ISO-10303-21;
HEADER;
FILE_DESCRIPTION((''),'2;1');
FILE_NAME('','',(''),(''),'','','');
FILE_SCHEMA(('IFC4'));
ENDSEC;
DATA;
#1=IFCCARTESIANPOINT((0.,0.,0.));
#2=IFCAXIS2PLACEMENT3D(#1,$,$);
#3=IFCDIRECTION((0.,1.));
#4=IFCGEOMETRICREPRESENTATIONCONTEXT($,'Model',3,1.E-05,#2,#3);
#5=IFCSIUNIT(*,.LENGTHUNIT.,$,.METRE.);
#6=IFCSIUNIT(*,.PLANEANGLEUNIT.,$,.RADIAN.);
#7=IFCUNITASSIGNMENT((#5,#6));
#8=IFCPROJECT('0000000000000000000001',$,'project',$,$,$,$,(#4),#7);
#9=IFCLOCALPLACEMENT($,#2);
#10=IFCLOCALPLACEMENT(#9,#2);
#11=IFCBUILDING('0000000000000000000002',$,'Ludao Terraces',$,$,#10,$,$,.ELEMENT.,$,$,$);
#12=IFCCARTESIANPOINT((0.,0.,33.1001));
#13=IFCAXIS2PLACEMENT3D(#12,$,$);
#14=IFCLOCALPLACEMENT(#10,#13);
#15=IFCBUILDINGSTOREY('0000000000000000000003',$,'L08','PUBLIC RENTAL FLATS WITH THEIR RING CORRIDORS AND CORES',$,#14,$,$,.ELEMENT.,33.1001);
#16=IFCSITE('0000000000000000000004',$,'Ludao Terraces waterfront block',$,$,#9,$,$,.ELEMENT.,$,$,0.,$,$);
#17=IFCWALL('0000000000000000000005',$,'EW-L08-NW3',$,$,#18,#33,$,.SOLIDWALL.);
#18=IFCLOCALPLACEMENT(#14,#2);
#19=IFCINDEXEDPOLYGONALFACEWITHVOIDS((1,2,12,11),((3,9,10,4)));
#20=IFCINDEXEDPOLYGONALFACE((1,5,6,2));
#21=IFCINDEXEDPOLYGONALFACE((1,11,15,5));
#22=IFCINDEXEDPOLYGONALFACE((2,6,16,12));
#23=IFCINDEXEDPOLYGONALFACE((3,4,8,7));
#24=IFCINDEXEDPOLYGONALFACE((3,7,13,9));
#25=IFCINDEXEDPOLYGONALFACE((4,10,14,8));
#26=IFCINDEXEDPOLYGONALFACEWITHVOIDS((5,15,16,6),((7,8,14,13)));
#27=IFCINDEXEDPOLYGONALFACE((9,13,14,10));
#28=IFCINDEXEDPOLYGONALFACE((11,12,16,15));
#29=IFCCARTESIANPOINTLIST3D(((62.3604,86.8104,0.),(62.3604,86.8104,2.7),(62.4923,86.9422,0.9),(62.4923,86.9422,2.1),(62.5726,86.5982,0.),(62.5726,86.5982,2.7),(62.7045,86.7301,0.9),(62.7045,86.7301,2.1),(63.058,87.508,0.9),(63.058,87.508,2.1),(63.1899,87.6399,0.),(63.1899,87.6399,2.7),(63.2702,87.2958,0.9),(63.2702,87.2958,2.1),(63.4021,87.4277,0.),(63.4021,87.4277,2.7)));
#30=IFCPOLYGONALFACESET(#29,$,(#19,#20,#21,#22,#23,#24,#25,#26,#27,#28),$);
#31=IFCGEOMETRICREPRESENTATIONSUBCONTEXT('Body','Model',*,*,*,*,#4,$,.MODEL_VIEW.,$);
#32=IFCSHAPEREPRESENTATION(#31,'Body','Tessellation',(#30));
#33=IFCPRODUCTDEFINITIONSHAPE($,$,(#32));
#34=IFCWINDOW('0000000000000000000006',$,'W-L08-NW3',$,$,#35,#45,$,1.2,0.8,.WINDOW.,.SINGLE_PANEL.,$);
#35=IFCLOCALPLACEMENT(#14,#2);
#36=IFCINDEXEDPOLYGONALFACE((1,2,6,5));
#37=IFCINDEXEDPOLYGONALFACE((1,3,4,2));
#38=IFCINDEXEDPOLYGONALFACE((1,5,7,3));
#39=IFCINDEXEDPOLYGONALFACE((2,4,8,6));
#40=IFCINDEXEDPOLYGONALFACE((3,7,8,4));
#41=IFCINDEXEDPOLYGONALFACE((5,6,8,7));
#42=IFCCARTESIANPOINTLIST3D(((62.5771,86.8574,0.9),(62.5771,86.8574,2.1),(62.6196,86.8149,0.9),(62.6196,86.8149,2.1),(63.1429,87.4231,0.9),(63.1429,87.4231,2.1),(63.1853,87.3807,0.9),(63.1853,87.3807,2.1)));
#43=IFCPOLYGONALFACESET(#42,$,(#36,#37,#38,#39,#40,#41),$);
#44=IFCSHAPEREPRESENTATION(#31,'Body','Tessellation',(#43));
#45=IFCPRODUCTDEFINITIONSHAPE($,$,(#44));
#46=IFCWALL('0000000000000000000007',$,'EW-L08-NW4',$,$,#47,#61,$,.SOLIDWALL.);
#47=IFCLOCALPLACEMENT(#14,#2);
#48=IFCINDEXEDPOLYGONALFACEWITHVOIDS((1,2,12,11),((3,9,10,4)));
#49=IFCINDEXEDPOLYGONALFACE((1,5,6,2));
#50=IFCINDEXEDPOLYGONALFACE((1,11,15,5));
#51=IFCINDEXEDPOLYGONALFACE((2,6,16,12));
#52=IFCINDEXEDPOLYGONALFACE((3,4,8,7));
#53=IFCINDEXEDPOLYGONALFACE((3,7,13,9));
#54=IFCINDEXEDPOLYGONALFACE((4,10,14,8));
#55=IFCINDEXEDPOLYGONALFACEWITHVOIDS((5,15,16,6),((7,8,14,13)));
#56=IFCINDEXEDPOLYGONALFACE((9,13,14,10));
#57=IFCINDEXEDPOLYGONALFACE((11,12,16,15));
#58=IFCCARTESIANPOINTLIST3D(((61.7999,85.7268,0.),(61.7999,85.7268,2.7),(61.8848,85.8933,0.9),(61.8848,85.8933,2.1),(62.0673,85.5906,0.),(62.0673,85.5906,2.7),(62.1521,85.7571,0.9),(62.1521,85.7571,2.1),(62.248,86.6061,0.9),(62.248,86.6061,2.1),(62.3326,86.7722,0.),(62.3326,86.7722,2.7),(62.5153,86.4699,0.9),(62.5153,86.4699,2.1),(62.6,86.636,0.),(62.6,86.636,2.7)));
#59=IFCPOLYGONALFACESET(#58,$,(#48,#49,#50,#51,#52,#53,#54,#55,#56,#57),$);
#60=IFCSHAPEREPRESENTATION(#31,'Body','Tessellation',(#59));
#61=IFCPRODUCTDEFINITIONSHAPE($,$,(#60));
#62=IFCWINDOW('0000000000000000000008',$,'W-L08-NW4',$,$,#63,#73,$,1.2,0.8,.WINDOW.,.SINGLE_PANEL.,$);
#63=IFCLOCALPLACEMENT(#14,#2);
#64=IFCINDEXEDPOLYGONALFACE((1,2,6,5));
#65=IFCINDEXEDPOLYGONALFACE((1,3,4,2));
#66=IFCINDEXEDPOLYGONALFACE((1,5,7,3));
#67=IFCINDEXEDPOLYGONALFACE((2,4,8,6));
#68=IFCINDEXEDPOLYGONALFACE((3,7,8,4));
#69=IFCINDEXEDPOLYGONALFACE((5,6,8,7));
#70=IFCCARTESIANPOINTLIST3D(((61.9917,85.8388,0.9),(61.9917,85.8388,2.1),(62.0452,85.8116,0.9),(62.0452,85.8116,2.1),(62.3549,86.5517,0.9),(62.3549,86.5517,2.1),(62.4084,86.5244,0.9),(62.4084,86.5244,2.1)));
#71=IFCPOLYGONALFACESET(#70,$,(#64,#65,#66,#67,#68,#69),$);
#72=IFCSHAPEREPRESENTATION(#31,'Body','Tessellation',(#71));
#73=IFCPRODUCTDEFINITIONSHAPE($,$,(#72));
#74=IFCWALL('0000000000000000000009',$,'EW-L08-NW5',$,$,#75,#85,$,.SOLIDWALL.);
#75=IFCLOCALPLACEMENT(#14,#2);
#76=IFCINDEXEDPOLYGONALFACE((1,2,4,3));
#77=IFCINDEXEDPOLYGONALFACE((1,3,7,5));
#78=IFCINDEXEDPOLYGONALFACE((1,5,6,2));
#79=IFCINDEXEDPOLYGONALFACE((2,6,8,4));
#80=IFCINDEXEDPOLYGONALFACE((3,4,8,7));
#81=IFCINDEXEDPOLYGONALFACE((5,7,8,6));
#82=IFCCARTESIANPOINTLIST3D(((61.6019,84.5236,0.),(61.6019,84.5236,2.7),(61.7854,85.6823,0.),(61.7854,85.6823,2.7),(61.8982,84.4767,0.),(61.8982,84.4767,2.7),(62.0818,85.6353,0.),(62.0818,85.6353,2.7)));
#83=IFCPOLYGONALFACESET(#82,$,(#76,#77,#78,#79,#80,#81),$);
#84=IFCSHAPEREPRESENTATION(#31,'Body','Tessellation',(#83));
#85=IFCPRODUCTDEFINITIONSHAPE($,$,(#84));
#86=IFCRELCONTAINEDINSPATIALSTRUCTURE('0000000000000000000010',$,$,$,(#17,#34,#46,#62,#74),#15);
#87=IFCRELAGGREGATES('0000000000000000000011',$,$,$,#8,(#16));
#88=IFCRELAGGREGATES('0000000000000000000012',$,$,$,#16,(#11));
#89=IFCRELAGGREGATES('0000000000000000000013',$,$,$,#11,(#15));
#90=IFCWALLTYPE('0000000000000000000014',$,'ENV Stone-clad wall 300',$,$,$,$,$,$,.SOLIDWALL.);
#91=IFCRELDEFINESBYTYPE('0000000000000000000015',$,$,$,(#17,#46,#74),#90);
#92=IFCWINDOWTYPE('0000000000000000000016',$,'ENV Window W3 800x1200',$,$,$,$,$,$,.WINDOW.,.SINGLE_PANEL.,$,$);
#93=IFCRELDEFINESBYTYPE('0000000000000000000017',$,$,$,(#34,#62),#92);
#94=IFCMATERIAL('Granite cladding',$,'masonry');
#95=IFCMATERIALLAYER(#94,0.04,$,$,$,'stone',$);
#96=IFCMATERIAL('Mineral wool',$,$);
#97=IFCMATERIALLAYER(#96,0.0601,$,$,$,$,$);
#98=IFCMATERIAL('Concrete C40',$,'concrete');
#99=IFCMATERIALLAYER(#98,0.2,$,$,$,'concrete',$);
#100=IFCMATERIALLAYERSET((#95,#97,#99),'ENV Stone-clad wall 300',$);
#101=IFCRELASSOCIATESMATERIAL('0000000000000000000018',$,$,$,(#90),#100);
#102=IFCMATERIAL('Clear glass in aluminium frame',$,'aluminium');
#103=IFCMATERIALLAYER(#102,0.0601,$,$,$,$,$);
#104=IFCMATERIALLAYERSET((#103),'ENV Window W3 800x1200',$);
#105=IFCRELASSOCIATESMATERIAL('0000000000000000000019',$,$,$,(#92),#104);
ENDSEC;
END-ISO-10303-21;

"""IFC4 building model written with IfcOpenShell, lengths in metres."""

from ifc_helpers import new_model, si_unit, direction, frame, frame_2d, origin, place, context, subcontext, project, spatial, rectangle, extrude, material, layer, layer_set, type_object, element, fill, save


model = new_model("IFC4")

# Units and contexts
model_context = context("Model", 3, precision=1e-05, world=origin(), true_north=direction((0.0, 1.0)))
body_context = subcontext(model_context, "Body", "Model", "MODEL_VIEW")
ifc_project = project(units=[si_unit("LENGTHUNIT", "METRE"), si_unit("PLANEANGLEUNIT", "RADIAN")], contexts=[model_context])

# Site, building, storey
site_placement = place(None, origin())
site = spatial("IfcSite", under=ifc_project, at=site_placement, Name="Ludao Terraces waterfront block", CompositionType="ELEMENT", RefElevation=0.0)
building_placement = place(site_placement, origin())
building = spatial("IfcBuilding", under=site, at=building_placement, Name="Ludao Terraces", CompositionType="ELEMENT")
storey_placement = place(building_placement, frame((0.0, 0.0, 33.1001)))
storey = spatial("IfcBuildingStorey", under=building, at=storey_placement, Name="L08", Description="PUBLIC RENTAL FLATS WITH THEIR RING CORRIDORS AND CORES", CompositionType="ELEMENT", Elevation=33.1001)

# Shared definitions
ifc_material_1 = material(Name="Concrete C40", Category="concrete")

# Shared definitions
ifc_material_2 = material(Name="Granite cladding", Category="masonry")
ifc_layer_1 = layer(ifc_material_2, 0.04, Category="stone")
ifc_material_3 = material(Name="Mineral wool")
ifc_layer_2 = layer(ifc_material_3, 0.0601)
ifc_layer_3 = layer(ifc_material_1, 0.2, Category="concrete")
ifc_layer_set_1 = layer_set([ifc_layer_1, ifc_layer_2, ifc_layer_3], Name="ENV Stone-clad wall 300")
wall_type_1 = type_object("IfcWallType", Name="ENV Stone-clad wall 300", PredefinedType="SOLIDWALL", material=ifc_layer_set_1)
ifc_material_4 = material(Name="Clear glass in aluminium frame", Category="aluminium")

# Walls, openings, windows
ifc_layer_4 = layer(ifc_material_4, 0.0601)
ifc_layer_set_2 = layer_set([ifc_layer_4], Name="ENV Window W3 800x1200")
window_type_1 = type_object("IfcWindowType", Name="ENV Window W3 800x1200", PartitioningType="SINGLE_PANEL", PredefinedType="WINDOW", material=ifc_layer_set_2)
wall_1_placement = place(storey_placement, frame((63.2959, 87.5337, 0.0), z_axis=(0.0, 0.0, 1.0), x_axis=(-0.707107, -0.707107, 0.0)))
wall_1 = element("IfcWall", 1, at=wall_1_placement, inside=storey, type_object=wall_type_1, Name="EW-L08-NW3", PredefinedType="SOLIDWALL", context=body_context, shape_type="SweptSolid", body=[
    extrude(rectangle(XDim=1.1731, YDim=0.3, at=frame_2d((0.5864, 0.0))), origin(), (0.0, 0.0, 1.0), 2.7),
])
opening_1_placement = place(wall_1_placement, frame((0.1865, 0.0, 0.8999)))
opening_1 = element("IfcOpeningElement", 2, at=opening_1_placement, cuts=wall_1, PredefinedType="OPENING", context=body_context, shape_type="SweptSolid", body=[
    extrude(rectangle(XDim=0.8, YDim=1.2, at=frame_2d((0.3999, 0.6001))), frame((0.0, 0.1602, 0.0), z_axis=(0.0, -1.0, 0.0), x_axis=(1.0, 0.0, 0.0)), (0.0, 0.0, 1.0), 0.3201),
])
window_1_placement = place(opening_1_placement, origin())
window_1 = element("IfcWindow", 3, at=window_1_placement, inside=storey, type_object=window_type_1, Name="W-L08-NW3", OverallHeight=1.2, OverallWidth=0.8, PartitioningType="SINGLE_PANEL", PredefinedType="WINDOW", context=body_context, shape_type="SweptSolid", body=[
    extrude(rectangle(XDim=0.8, YDim=1.2, at=frame_2d((0.3999, 0.6001))), frame((0.0, 0.03, 0.0), z_axis=(0.0, -1.0, 0.0), x_axis=(1.0, 0.0, 0.0)), (0.0, 0.0, 1.0), 0.0601),
])
fill(opening_1, window_1)
wall_2_placement = place(storey_placement, frame((62.4663, 86.7041, 0.0), z_axis=(0.0, 0.0, 1.0), x_axis=(-0.454026, -0.890989, 0.0)))
wall_2 = element("IfcWall", 4, at=wall_2_placement, inside=storey, type_object=wall_type_1, Name="EW-L08-NW4", PredefinedType="SOLIDWALL", context=body_context, shape_type="SweptSolid", body=[
    extrude(rectangle(XDim=1.1733, YDim=0.3, at=frame_2d((0.5867, 0.0))), origin(), (0.0, 0.0, 1.0), 2.7),
])
opening_2_placement = place(wall_2_placement, frame((0.1865, 0.0, 0.8999)))
opening_2 = element("IfcOpeningElement", 5, at=opening_2_placement, cuts=wall_2, PredefinedType="OPENING", context=body_context, shape_type="SweptSolid", body=[
    extrude(rectangle(XDim=0.8, YDim=1.2, at=frame_2d((0.3999, 0.6001))), frame((0.0, 0.1602, 0.0), z_axis=(0.0, -1.0, 0.0), x_axis=(1.0, 0.0, 0.0)), (0.0, 0.0, 1.0), 0.3201),
])
window_2_placement = place(opening_2_placement, origin())
window_2 = element("IfcWindow", 6, at=window_2_placement, inside=storey, type_object=window_type_1, Name="W-L08-NW4", OverallHeight=1.2, OverallWidth=0.8, PartitioningType="SINGLE_PANEL", PredefinedType="WINDOW", context=body_context, shape_type="SweptSolid", body=[
    extrude(rectangle(XDim=0.8, YDim=1.2, at=frame_2d((0.3999, 0.6001))), frame((0.0, 0.03, 0.0), z_axis=(0.0, -1.0, 0.0), x_axis=(1.0, 0.0, 0.0)), (0.0, 0.0, 1.0), 0.0601),
])
fill(opening_2, window_2)

# Wall
wall_3_placement = place(storey_placement, frame((61.9336, 85.6587, 0.0), z_axis=(0.0, 0.0, 1.0), x_axis=(-0.156497, -0.987678, 0.0)))
element("IfcWall", 7, at=wall_3_placement, inside=storey, type_object=wall_type_1, Name="EW-L08-NW5", PredefinedType="SOLIDWALL", context=body_context, shape_type="SweptSolid", body=[
    extrude(rectangle(XDim=1.1731, YDim=0.3, at=frame_2d((0.5864, 0.0))), origin(), (0.0, 0.0, 1.0), 2.7),
])

save(model, "model.ifc")
